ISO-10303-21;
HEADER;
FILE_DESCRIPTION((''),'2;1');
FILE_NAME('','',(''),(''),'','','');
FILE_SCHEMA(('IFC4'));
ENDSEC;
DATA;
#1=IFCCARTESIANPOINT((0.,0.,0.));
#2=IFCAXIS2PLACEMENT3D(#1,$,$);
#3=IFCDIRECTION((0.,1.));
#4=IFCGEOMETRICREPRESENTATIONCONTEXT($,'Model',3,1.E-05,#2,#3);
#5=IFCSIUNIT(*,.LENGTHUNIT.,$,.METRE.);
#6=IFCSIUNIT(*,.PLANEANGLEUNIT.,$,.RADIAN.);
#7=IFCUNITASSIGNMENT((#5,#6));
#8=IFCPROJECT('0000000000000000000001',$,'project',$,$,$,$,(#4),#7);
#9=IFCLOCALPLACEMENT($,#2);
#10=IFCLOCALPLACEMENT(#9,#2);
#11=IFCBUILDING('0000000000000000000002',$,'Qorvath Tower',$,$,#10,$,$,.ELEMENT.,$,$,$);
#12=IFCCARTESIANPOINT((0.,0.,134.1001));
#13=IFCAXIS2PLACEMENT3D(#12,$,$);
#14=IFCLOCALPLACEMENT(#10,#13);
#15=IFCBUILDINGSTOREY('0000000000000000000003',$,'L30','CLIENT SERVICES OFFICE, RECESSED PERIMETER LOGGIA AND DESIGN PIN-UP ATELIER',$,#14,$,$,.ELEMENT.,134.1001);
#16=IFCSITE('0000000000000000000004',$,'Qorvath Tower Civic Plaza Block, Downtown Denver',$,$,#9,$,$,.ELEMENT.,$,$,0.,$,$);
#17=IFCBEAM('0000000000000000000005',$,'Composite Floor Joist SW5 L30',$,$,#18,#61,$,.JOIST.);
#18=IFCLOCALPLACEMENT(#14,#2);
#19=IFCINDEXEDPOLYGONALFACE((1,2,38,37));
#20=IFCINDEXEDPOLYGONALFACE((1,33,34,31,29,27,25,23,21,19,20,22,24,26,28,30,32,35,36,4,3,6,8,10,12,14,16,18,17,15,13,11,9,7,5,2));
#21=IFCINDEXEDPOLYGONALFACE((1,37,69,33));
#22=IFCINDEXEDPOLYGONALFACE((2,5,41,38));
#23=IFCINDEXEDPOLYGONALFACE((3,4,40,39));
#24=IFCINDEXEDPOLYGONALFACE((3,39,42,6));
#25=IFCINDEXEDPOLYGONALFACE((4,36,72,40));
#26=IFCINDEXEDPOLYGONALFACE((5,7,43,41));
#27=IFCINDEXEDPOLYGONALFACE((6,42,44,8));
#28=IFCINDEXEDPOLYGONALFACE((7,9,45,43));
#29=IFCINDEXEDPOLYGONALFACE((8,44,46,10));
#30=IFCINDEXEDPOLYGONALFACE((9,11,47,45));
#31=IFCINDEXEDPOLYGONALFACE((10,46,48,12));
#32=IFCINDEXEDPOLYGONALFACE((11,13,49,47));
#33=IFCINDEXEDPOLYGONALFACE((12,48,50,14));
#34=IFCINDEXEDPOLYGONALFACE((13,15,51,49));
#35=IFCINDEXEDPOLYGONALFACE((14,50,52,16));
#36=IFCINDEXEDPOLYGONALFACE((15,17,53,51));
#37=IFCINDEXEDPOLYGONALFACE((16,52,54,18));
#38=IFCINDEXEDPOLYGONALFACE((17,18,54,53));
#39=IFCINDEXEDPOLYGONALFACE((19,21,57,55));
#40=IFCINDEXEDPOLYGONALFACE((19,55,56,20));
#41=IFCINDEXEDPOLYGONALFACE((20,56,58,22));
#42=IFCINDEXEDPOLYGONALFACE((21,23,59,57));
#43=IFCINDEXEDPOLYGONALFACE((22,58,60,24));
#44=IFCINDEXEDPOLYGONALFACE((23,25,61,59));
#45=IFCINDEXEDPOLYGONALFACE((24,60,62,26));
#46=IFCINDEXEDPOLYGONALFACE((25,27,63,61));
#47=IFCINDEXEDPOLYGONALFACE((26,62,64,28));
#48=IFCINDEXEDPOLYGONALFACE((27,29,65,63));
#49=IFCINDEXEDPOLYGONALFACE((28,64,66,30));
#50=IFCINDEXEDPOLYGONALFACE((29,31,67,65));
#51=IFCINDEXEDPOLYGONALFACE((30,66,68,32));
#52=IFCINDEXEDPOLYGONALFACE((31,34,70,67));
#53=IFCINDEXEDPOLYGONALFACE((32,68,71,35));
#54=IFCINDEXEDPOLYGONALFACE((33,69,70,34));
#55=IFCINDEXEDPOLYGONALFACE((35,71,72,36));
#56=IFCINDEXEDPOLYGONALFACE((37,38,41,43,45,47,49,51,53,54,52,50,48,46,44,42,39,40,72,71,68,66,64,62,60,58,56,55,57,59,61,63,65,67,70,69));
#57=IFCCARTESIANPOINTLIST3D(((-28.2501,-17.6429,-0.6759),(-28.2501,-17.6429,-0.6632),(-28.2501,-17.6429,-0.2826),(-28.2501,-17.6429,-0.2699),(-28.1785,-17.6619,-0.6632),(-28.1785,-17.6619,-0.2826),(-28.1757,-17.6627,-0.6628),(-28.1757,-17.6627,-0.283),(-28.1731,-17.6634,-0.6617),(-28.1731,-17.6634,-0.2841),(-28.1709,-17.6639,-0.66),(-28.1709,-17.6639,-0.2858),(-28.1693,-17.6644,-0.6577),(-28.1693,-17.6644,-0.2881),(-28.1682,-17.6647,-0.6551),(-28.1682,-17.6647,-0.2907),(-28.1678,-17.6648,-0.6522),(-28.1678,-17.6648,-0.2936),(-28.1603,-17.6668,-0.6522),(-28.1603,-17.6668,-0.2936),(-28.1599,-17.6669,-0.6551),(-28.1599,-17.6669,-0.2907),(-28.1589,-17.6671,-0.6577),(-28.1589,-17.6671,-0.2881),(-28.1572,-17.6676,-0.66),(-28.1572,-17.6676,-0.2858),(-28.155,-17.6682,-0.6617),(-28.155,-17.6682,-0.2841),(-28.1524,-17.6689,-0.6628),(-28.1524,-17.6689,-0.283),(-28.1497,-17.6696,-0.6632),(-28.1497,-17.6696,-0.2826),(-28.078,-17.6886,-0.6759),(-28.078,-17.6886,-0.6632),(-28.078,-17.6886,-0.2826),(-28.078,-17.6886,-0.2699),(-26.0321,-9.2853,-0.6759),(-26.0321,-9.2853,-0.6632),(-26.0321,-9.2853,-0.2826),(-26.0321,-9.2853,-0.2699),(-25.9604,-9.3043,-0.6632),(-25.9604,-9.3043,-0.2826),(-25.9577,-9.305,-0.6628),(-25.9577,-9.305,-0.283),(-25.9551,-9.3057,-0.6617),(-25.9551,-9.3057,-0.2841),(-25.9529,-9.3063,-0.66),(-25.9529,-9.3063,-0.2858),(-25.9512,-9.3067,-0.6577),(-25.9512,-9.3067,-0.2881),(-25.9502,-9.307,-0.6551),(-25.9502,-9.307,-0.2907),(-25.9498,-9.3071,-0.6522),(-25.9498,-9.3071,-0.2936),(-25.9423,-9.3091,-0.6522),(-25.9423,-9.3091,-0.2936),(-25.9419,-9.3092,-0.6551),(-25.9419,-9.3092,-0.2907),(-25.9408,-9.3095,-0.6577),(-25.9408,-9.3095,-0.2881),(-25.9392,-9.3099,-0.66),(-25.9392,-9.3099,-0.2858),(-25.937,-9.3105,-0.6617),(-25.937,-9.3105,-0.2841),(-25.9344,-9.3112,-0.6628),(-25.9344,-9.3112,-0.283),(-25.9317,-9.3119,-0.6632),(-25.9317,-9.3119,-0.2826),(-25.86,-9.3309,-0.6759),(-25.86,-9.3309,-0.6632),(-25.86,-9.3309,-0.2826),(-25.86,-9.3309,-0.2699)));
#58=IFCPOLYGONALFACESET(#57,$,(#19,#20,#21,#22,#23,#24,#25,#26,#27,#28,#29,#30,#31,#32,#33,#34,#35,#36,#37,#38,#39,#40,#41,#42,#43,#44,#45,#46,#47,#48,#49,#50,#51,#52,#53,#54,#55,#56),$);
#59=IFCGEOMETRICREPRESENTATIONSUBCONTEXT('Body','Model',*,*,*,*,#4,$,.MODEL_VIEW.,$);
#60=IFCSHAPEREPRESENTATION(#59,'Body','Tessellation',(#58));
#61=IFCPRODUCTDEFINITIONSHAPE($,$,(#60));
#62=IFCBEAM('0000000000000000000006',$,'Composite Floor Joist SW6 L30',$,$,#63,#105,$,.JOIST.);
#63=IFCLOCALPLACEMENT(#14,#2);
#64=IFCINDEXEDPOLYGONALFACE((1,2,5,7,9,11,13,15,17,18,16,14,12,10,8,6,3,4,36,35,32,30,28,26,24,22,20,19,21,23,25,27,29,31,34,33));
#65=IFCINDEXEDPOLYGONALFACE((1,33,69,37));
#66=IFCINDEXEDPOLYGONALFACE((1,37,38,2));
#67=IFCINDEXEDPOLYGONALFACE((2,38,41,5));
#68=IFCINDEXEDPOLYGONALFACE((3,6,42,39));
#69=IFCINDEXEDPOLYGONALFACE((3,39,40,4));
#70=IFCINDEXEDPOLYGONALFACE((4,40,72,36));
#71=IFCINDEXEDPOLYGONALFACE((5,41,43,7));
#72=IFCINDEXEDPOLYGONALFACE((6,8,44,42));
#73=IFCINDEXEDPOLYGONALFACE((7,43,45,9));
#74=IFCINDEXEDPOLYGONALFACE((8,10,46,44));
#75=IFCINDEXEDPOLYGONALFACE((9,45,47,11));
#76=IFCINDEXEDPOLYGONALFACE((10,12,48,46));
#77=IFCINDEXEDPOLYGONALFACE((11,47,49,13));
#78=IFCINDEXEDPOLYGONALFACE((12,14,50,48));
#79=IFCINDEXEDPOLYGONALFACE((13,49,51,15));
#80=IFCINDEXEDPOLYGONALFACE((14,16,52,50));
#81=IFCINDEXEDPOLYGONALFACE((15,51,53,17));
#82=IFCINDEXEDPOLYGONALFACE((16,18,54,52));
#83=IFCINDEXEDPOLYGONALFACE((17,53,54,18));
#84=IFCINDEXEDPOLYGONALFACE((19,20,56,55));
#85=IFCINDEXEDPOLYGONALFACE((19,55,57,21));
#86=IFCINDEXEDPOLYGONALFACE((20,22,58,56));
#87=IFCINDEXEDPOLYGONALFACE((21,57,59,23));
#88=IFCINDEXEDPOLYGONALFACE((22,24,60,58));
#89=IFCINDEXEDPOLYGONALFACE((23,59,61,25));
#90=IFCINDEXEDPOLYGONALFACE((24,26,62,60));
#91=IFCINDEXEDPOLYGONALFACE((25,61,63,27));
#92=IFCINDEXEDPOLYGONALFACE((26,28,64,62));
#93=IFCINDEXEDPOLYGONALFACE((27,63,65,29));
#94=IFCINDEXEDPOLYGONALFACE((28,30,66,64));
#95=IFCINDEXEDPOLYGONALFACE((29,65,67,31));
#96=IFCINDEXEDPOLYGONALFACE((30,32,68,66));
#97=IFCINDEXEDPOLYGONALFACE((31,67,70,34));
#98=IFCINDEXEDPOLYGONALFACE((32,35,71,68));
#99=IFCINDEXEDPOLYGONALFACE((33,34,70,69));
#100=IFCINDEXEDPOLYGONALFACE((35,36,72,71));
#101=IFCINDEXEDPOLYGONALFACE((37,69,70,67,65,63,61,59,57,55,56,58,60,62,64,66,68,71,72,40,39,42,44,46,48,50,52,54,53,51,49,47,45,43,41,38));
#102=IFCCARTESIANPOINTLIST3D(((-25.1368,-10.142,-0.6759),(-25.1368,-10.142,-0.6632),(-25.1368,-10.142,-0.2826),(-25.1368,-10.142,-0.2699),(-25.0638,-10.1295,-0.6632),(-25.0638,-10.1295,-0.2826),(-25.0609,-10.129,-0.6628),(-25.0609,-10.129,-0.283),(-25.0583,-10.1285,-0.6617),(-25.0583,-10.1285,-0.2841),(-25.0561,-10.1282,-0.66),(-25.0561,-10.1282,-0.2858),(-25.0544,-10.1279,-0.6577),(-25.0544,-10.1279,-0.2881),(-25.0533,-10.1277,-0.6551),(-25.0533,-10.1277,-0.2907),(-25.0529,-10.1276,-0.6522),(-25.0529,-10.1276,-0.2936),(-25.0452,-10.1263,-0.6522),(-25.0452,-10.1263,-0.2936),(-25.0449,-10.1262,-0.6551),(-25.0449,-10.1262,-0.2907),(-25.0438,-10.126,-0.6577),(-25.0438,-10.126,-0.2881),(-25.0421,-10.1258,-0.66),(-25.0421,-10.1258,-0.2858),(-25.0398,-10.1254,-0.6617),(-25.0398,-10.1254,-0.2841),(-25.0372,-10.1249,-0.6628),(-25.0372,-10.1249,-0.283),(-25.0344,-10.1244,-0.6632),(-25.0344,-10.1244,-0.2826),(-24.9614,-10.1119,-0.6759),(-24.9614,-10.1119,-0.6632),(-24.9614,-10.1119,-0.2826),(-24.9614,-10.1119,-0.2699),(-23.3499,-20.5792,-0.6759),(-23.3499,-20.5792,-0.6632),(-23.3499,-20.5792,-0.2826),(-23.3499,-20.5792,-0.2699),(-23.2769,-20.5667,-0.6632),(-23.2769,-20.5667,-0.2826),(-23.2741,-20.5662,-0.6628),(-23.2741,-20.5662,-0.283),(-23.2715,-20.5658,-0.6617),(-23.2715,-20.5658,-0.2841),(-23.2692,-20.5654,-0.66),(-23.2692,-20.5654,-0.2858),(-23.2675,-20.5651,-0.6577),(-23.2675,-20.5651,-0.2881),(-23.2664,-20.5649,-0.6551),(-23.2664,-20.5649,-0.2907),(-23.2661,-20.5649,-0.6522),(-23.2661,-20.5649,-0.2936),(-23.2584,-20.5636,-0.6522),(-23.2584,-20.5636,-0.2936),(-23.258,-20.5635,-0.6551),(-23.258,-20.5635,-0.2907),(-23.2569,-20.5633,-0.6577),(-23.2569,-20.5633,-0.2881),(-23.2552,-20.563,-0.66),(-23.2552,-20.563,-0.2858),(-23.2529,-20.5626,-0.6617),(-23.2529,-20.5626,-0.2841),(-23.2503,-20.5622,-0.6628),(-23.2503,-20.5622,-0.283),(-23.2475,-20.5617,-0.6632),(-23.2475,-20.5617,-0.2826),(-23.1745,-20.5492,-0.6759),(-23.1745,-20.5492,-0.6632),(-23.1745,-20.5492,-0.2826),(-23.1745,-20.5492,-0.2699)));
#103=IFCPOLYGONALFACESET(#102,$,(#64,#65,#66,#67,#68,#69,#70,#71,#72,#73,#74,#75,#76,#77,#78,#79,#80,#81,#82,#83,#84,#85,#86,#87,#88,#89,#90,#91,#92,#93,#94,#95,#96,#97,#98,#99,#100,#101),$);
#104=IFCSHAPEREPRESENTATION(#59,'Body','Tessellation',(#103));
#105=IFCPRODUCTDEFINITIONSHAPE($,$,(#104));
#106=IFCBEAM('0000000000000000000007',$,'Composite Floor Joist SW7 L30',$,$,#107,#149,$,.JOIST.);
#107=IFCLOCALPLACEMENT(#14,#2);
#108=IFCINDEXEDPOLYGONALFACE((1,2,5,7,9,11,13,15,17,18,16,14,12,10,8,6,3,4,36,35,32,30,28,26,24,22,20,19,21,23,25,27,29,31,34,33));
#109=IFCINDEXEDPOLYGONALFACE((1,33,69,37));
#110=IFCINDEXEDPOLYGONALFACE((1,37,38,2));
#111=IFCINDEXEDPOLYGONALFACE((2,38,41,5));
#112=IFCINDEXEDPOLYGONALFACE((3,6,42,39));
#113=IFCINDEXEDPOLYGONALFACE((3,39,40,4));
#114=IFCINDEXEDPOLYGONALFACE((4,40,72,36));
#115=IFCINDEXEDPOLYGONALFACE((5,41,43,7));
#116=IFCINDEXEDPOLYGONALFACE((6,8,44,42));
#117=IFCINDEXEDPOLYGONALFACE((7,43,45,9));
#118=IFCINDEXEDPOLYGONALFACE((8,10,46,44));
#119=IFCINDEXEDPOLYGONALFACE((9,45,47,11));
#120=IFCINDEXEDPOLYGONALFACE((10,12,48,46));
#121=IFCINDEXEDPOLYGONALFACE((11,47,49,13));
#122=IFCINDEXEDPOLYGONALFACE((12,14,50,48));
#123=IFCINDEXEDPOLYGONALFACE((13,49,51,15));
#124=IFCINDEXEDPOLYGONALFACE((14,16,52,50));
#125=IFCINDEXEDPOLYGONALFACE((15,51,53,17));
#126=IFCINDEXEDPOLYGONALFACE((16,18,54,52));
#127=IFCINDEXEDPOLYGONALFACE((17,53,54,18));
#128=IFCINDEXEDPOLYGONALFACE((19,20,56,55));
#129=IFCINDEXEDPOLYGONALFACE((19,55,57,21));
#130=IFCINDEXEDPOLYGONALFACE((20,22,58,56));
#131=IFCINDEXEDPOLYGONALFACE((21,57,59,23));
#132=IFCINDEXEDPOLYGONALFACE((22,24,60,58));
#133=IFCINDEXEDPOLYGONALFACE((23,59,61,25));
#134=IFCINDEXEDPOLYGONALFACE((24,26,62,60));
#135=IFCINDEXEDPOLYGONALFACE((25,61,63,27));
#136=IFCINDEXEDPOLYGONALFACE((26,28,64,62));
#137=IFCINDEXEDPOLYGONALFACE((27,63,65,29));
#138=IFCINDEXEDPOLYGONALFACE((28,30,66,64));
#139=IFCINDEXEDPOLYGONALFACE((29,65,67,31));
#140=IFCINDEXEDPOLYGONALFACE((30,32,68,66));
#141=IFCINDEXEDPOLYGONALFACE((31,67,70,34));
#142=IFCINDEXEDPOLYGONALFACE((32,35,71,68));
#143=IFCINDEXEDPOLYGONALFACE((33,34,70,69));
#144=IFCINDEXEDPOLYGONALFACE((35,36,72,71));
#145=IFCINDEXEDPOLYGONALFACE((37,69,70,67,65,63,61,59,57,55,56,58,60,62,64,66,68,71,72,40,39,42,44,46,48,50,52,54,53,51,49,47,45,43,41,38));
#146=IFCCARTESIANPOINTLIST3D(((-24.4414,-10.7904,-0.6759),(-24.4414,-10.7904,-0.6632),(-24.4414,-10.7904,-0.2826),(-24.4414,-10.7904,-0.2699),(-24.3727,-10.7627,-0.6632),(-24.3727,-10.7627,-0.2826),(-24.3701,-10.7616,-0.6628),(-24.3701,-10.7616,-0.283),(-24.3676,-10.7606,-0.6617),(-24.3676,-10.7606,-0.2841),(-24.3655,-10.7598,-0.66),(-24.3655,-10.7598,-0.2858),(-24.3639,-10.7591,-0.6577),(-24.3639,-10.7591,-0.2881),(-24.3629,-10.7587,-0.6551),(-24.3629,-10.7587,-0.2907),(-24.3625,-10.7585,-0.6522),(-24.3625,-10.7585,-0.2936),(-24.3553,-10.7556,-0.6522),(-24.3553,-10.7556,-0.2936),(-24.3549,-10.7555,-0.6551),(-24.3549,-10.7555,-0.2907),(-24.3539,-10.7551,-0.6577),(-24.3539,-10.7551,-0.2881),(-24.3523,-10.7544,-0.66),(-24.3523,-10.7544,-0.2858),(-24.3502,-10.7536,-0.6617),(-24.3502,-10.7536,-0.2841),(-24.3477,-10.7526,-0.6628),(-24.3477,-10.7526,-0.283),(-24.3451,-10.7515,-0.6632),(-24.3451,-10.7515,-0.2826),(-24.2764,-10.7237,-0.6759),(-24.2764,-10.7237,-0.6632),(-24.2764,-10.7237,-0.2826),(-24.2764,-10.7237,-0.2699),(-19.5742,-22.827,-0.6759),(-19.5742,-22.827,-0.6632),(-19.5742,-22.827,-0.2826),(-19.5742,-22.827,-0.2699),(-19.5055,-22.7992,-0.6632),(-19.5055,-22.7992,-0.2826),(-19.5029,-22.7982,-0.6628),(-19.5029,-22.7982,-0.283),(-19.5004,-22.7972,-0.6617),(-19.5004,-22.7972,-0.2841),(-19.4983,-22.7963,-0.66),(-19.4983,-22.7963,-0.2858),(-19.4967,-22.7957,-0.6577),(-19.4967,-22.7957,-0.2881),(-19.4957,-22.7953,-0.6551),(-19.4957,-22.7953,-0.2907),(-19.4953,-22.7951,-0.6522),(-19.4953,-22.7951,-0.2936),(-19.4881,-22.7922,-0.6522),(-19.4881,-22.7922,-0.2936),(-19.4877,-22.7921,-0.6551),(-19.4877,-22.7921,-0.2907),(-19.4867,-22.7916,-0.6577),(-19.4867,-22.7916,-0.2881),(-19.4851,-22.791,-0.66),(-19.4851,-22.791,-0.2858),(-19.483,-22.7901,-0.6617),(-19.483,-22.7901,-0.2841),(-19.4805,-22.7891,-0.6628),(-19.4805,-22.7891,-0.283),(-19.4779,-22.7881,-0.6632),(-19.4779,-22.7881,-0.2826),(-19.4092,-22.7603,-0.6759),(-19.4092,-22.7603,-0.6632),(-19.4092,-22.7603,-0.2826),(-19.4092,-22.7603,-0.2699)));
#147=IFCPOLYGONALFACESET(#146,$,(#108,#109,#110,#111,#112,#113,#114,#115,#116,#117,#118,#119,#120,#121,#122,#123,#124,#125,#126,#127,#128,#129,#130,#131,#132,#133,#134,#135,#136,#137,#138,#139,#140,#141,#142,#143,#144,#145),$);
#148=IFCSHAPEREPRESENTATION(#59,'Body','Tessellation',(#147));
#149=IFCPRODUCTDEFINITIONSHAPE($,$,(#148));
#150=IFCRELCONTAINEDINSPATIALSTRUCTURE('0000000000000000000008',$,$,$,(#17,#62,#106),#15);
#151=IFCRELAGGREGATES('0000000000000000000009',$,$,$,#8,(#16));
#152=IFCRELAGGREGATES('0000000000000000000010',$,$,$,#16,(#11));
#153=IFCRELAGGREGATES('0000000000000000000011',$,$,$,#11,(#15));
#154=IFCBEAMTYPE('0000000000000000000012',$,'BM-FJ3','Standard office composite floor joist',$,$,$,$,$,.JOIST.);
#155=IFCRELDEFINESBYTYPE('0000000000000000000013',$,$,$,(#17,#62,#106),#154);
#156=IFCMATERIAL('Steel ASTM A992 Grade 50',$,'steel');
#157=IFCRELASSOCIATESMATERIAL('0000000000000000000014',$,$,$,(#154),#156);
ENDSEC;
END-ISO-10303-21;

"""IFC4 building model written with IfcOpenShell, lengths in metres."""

from ifc_helpers import new_model, si_unit, direction, frame, origin, origin_2d, place, context, subcontext, project, spatial, i_section, extrude, material, material_profile, profile_set, type_object, element, save


model = new_model("IFC4")

# Units and contexts
model_context = context("Model", 3, precision=1e-05, world=origin(), true_north=direction((0.0, 1.0)))
body_context = subcontext(model_context, "Body", "Model", "MODEL_VIEW")
ifc_project = project(units=[si_unit("LENGTHUNIT", "METRE"), si_unit("PLANEANGLEUNIT", "RADIAN")], contexts=[model_context])

# Site, building, storey
site_placement = place(None, origin())
site = spatial("IfcSite", under=ifc_project, at=site_placement, Name="Qorvath Tower Civic Plaza Block, Downtown Denver", CompositionType="ELEMENT", RefElevation=0.0)
building_placement = place(site_placement, origin())
building = spatial("IfcBuilding", under=site, at=building_placement, Name="Qorvath Tower", CompositionType="ELEMENT")
storey_placement = place(building_placement, frame((0.0, 0.0, 134.1001)))
storey = spatial("IfcBuildingStorey", under=building, at=storey_placement, Name="L30", Description="CLIENT SERVICES OFFICE, RECESSED PERIMETER LOGGIA AND DESIGN PIN-UP ATELIER", CompositionType="ELEMENT", Elevation=134.1001)

# Beams
ifc_material_1 = material(Name="Steel ASTM A992 Grade 50", Category="steel")
ifc_material_profile_1 = material_profile(ifc_material_1, i_section(OverallWidth=0.178, OverallDepth=0.406, WebThickness=0.0078, FlangeThickness=0.0127, FilletRadius=0.011, at=origin_2d()), Name="W16x40")
ifc_profile_set_1 = profile_set([ifc_material_profile_1], Name="Steel ASTM A992 Grade 50")
beam_type_1 = type_object("IfcBeamType", Name="BM-FJ3", Description="Standard office composite floor joist", PredefinedType="JOIST", material=ifc_profile_set_1)
beam_1_placement = place(storey_placement, frame((-25.946, -9.3081, -0.4729), z_axis=(-0.256508, -0.966542, 0.0), x_axis=(0.966542, -0.256508, 0.0)))
element("IfcBeam", 1, at=beam_1_placement, inside=storey, type_object=beam_type_1, Name="Composite Floor Joist SW5 L30", PredefinedType="JOIST", context=body_context, shape_type="SweptSolid", body=[
    extrude(i_section(OverallWidth=0.178, OverallDepth=0.406, WebThickness=0.0078, FlangeThickness=0.0127, FilletRadius=0.011, at=origin_2d()), origin(), (0.0, 0.0, 1.0), 8.647),
])
beam_2_placement = place(storey_placement, frame((-25.0491, -10.127, -0.4729), z_axis=(0.168746, -0.98566, 0.0), x_axis=(0.98566, 0.168746, 0.0)))
element("IfcBeam", 2, at=beam_2_placement, inside=storey, type_object=beam_type_1, Name="Composite Floor Joist SW6 L30", PredefinedType="JOIST", context=body_context, shape_type="SweptSolid", body=[
    extrude(i_section(OverallWidth=0.178, OverallDepth=0.406, WebThickness=0.0078, FlangeThickness=0.0127, FilletRadius=0.011, at=origin_2d()), origin(), (0.0, 0.0, 1.0), 10.5891),
])
beam_3_placement = place(storey_placement, frame((-24.3589, -10.7571, -0.4729), z_axis=(0.374877, -0.927075, 0.0), x_axis=(0.927075, 0.374877, 0.0)))
element("IfcBeam", 3, at=beam_3_placement, inside=storey, type_object=beam_type_1, Name="Composite Floor Joist SW7 L30", PredefinedType="JOIST", context=body_context, shape_type="SweptSolid", body=[
    extrude(i_section(OverallWidth=0.178, OverallDepth=0.406, WebThickness=0.0078, FlangeThickness=0.0127, FilletRadius=0.011, at=origin_2d()), origin(), (0.0, 0.0, 1.0), 12.9834),
])

save(model, "model.ifc")
